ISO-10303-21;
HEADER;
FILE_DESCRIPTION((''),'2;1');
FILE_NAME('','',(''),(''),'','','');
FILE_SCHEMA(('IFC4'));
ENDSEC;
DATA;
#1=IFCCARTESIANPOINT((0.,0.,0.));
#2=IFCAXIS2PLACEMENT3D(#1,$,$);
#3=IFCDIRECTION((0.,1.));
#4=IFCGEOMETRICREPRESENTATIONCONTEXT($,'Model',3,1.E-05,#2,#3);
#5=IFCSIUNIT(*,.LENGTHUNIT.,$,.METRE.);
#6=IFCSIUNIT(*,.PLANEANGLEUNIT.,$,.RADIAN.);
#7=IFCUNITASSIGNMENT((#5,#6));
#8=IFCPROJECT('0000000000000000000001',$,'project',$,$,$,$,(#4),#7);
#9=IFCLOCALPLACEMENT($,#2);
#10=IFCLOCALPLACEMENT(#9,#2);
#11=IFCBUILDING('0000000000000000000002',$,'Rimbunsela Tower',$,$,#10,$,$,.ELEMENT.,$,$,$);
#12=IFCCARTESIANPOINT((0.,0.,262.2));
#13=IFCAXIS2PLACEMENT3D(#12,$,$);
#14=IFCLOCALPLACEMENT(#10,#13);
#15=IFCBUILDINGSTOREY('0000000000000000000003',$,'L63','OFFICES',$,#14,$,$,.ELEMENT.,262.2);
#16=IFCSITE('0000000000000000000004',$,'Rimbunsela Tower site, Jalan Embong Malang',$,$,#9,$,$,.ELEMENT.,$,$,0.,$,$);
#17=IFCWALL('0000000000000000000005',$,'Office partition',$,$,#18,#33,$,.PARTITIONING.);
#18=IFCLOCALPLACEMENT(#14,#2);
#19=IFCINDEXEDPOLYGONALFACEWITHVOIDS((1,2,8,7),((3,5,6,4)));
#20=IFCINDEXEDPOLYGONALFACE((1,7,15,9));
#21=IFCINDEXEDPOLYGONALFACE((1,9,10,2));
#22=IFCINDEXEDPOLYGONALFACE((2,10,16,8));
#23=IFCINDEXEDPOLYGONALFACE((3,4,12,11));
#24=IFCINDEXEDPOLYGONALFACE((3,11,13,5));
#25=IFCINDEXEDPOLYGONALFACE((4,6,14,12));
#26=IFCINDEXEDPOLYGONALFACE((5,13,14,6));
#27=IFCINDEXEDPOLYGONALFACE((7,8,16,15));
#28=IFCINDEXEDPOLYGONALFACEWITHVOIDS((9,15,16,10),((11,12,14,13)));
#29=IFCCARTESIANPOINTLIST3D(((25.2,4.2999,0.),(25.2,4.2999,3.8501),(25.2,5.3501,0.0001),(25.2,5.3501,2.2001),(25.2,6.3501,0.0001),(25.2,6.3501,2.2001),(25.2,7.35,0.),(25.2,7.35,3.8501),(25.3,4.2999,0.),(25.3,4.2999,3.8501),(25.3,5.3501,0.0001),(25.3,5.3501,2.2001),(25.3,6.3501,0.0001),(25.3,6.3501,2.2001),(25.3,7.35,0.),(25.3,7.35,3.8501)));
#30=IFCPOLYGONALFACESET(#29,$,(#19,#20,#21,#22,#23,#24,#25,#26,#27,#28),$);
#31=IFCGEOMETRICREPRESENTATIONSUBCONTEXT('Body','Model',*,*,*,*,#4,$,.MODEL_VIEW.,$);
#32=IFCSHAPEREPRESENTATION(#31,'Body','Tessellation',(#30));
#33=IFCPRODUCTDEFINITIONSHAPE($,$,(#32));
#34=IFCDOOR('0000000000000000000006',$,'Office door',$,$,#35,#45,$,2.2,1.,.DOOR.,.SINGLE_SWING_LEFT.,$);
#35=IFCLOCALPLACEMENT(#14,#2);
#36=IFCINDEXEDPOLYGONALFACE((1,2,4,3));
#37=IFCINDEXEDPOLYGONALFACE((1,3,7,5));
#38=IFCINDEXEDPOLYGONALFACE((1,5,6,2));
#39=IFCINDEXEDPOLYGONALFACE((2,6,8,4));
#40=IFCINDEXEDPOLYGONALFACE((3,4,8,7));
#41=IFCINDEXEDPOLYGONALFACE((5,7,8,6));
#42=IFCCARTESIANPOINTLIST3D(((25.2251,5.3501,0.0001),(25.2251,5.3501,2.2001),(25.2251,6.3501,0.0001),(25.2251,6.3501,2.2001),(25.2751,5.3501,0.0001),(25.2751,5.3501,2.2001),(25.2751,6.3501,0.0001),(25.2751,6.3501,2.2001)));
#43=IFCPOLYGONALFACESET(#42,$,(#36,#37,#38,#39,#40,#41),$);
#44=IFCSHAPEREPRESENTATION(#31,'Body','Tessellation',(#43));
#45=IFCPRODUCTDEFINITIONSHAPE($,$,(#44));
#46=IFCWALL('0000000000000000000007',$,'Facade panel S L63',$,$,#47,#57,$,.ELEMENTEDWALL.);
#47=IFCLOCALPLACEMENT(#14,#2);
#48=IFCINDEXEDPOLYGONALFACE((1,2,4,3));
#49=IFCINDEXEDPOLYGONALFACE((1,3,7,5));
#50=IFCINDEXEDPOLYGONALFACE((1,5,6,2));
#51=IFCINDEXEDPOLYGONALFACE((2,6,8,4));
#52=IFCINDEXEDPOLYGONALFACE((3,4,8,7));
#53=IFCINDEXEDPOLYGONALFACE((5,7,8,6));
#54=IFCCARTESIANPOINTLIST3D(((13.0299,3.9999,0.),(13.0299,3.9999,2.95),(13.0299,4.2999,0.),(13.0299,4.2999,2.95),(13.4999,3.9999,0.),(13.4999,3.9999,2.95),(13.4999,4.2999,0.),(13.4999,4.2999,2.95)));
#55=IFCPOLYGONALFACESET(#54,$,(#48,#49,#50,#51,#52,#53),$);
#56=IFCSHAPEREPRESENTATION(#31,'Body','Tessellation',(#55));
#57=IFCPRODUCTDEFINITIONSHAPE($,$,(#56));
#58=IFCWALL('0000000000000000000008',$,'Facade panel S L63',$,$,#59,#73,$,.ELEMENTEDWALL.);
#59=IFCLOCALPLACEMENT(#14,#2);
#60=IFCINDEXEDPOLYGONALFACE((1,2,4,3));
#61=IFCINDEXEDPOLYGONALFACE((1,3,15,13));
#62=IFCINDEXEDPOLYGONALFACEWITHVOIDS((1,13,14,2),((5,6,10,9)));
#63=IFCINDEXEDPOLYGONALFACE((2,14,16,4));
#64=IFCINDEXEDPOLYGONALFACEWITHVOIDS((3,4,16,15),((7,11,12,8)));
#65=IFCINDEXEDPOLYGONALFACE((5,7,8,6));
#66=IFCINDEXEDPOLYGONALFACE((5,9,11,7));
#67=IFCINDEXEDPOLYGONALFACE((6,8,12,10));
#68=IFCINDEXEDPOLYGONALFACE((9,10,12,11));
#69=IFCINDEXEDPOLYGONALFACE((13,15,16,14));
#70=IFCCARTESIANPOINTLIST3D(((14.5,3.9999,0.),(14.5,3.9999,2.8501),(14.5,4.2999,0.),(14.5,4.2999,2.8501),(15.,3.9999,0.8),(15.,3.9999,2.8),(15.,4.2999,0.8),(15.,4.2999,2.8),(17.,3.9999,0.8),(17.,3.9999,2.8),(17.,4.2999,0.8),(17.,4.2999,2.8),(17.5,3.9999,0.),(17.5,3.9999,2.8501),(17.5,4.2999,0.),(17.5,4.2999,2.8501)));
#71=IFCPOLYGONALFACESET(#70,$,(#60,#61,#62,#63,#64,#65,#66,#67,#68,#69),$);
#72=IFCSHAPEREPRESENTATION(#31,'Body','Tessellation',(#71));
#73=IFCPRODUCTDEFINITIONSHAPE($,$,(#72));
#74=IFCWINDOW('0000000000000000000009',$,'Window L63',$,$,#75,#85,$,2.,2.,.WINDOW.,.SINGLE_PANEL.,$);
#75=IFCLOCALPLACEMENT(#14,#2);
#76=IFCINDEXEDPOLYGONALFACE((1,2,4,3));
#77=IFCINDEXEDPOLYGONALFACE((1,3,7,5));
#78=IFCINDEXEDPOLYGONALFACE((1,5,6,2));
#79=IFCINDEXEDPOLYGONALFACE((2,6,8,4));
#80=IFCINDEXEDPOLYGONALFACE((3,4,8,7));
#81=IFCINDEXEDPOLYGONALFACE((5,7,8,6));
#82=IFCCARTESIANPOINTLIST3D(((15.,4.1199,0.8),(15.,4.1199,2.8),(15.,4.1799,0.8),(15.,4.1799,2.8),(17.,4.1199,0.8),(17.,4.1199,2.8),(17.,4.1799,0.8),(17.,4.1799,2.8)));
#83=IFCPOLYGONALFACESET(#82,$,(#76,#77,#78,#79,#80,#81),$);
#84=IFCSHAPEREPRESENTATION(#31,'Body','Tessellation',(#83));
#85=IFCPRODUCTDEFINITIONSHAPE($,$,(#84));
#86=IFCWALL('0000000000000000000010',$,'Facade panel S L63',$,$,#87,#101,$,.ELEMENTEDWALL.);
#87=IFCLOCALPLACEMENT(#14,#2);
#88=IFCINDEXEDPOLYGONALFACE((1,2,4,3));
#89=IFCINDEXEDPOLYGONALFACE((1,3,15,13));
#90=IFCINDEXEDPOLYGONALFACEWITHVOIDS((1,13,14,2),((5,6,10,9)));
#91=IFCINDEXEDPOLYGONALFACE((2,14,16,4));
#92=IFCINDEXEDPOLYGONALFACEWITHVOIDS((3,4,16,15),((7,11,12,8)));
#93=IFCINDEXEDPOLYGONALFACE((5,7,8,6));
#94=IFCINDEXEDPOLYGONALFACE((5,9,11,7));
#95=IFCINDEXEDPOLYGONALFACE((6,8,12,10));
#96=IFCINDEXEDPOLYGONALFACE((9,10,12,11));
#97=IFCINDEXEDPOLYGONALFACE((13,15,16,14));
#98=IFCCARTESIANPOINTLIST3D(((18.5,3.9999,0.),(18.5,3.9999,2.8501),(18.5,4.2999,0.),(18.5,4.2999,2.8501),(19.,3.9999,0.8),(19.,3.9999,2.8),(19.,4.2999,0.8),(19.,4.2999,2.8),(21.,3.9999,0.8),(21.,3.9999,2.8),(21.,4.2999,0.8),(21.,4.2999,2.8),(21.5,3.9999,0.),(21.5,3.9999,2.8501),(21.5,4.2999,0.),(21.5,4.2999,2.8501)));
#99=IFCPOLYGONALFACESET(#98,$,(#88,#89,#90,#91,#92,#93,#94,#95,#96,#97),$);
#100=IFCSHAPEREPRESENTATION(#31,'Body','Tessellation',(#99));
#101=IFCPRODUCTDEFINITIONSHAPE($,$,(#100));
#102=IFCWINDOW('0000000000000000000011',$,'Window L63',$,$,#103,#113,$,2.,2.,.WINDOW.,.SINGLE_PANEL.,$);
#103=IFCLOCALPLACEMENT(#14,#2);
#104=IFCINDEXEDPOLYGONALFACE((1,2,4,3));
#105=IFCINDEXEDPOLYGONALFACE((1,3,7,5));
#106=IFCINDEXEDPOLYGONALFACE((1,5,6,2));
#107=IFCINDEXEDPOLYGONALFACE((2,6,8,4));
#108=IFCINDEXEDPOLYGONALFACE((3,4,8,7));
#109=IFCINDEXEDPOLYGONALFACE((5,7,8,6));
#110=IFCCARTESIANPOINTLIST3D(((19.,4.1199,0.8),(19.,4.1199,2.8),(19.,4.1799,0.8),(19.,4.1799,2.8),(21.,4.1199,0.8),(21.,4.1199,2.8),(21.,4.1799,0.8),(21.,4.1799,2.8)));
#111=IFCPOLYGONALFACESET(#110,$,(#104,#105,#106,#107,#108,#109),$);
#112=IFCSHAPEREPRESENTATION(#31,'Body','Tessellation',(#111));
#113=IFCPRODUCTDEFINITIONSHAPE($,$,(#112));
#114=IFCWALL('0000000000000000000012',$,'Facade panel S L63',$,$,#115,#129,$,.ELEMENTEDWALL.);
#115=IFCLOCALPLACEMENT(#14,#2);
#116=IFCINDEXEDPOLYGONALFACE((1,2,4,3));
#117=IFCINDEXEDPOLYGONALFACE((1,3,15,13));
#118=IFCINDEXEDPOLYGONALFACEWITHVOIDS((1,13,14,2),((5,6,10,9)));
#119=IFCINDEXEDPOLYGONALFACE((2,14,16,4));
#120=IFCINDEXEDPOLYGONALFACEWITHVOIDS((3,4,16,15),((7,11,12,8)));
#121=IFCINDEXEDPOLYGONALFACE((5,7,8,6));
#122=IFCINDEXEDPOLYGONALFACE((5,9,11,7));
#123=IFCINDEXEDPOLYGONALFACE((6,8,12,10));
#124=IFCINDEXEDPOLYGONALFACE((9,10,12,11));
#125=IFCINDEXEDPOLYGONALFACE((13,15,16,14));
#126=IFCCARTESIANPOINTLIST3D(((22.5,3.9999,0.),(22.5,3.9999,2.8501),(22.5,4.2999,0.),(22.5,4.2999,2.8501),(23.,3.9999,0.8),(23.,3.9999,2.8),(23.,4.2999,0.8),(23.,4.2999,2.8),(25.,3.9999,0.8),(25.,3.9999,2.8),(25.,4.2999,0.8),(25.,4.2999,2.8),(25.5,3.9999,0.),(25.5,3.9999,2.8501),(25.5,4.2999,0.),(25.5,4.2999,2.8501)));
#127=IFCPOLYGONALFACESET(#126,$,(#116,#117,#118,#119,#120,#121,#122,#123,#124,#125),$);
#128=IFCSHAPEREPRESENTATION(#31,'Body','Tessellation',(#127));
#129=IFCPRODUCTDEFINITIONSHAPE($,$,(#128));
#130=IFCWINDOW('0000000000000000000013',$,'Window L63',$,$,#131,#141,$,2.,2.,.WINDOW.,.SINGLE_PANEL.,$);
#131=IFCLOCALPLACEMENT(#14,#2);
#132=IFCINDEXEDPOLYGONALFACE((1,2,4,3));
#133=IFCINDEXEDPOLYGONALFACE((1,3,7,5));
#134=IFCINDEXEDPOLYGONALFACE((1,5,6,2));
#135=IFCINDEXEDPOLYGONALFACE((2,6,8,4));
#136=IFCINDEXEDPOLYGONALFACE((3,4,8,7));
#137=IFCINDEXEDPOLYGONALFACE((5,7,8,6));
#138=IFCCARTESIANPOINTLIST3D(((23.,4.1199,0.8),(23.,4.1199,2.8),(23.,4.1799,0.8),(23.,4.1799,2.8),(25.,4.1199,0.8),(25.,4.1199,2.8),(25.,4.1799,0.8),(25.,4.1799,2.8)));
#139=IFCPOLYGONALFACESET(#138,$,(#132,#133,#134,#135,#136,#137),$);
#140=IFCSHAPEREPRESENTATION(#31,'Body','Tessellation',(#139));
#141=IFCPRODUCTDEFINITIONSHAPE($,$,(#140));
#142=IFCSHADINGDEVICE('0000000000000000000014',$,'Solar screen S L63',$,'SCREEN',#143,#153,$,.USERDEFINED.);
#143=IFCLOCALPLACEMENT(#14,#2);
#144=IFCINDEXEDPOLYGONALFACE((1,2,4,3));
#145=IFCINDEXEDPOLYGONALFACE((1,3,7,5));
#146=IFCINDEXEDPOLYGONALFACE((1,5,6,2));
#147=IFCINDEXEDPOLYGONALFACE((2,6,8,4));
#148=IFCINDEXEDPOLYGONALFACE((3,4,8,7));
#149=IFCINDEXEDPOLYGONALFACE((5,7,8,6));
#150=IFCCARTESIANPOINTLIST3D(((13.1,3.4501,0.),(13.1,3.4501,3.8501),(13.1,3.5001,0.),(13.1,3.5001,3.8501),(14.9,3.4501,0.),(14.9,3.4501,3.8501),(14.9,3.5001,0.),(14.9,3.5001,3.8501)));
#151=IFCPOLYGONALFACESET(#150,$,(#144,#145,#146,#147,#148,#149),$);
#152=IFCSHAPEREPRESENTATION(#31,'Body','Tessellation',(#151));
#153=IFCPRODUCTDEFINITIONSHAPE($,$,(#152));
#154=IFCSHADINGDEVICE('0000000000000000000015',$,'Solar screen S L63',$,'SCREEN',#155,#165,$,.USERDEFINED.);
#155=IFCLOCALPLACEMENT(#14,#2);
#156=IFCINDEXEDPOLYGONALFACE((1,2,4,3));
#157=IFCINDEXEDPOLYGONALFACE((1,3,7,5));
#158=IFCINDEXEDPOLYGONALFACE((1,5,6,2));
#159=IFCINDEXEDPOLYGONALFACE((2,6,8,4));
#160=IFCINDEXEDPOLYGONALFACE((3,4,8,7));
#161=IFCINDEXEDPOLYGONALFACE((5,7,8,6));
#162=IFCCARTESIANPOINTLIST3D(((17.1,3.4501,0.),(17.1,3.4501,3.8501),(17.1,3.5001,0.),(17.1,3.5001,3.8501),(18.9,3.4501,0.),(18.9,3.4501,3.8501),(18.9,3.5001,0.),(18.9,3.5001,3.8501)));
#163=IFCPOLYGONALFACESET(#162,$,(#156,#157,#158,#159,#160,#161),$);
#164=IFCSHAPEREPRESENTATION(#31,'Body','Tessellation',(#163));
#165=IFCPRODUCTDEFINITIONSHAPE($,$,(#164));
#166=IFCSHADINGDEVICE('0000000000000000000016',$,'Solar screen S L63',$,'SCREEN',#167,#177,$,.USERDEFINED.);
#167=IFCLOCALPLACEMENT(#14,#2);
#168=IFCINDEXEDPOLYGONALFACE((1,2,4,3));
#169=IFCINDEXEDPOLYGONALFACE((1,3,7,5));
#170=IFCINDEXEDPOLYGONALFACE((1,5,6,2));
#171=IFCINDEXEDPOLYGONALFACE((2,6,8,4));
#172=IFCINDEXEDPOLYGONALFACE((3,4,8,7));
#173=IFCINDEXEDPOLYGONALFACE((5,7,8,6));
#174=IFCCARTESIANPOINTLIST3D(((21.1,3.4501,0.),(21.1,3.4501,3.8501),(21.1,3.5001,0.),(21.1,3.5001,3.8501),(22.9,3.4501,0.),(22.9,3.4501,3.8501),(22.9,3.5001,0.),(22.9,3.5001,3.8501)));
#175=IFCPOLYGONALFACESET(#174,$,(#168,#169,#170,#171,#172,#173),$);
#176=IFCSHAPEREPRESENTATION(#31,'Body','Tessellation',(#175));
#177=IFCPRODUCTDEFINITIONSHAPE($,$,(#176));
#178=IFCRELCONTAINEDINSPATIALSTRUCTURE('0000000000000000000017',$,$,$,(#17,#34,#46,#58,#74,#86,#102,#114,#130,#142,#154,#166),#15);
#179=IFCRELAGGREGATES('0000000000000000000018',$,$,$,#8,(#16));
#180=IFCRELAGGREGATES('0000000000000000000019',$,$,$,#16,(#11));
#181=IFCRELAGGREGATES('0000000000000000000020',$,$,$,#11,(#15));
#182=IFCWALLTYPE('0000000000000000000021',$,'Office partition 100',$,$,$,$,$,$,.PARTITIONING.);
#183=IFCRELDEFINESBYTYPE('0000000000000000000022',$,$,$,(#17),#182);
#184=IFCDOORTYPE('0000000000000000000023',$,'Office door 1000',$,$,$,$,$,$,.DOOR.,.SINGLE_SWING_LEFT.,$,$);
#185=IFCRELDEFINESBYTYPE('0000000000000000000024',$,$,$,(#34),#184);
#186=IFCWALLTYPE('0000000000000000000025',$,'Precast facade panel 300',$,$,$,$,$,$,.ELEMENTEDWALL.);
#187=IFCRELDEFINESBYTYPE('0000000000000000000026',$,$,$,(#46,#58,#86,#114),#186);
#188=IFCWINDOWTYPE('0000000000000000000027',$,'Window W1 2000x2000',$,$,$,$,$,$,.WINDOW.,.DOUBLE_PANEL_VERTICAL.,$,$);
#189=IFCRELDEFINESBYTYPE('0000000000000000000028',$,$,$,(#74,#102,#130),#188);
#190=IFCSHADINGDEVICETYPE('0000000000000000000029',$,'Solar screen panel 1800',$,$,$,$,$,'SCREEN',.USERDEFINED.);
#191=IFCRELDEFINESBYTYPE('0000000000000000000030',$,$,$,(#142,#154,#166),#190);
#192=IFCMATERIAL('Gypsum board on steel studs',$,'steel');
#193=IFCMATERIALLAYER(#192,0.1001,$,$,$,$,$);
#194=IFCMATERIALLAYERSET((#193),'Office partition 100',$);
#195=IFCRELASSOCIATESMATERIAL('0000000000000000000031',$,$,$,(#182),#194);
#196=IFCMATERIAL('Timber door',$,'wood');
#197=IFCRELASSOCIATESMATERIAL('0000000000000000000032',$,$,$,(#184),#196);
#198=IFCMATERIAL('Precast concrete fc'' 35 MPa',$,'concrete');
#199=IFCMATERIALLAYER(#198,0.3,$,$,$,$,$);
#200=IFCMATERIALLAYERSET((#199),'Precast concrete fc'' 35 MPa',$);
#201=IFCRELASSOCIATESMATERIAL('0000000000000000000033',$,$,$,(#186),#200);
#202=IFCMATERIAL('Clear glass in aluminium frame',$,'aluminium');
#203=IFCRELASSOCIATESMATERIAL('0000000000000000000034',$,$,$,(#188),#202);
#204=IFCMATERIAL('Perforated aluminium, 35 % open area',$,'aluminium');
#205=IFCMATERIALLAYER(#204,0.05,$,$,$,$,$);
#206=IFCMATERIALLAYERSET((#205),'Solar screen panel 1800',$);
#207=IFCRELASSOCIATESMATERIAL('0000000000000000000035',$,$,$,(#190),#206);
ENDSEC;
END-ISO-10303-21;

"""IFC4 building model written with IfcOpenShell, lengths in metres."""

from ifc_helpers import new_model, si_unit, direction, frame, frame_2d, origin, origin_2d, place, context, subcontext, project, spatial, rectangle, extrude, material, layer, layer_set, type_object, element, fill, save


model = new_model("IFC4")

# Units and contexts
model_context = context("Model", 3, precision=1e-05, world=origin(), true_north=direction((0.0, 1.0)))
body_context = subcontext(model_context, "Body", "Model", "MODEL_VIEW")
ifc_project = project(units=[si_unit("LENGTHUNIT", "METRE"), si_unit("PLANEANGLEUNIT", "RADIAN")], contexts=[model_context])

# Site, building, storey
site_placement = place(None, origin())
site = spatial("IfcSite", under=ifc_project, at=site_placement, Name="Rimbunsela Tower site, Jalan Embong Malang", CompositionType="ELEMENT", RefElevation=0.0)
building_placement = place(site_placement, origin())
building = spatial("IfcBuilding", under=site, at=building_placement, Name="Rimbunsela Tower", CompositionType="ELEMENT")
storey_placement = place(building_placement, frame((0.0, 0.0, 262.2)))
storey = spatial("IfcBuildingStorey", under=building, at=storey_placement, Name="L63", Description="OFFICES", CompositionType="ELEMENT", Elevation=262.2)

# Shared definitions
ifc_material_1 = material(Name="Gypsum board on steel studs", Category="steel")
ifc_layer_1 = layer(ifc_material_1, 0.1001)
ifc_layer_set_1 = layer_set([ifc_layer_1], Name="Office partition 100")
wall_type_1 = type_object("IfcWallType", Name="Office partition 100", PredefinedType="PARTITIONING", material=ifc_layer_set_1)

# Shared definitions
ifc_material_2 = material(Name="Timber door", Category="wood")
door_type_1 = type_object("IfcDoorType", Name="Office door 1000", OperationType="SINGLE_SWING_LEFT", PredefinedType="DOOR", material=ifc_material_2)

# Wall, opening, door
wall_1_placement = place(storey_placement, frame((25.25, 4.3, 0.0), z_axis=(0.0, 0.0, 1.0), x_axis=(0.0, 1.0, 0.0)))
wall_1 = element("IfcWall", 1, at=wall_1_placement, inside=storey, type_object=wall_type_1, Name="Office partition", PredefinedType="PARTITIONING", context=body_context, shape_type="SweptSolid", body=[
    extrude(rectangle(XDim=3.05, YDim=0.1001, at=frame_2d((1.5249, 0.0))), origin(), (0.0, 0.0, 1.0), 3.8501),
])
opening_1_placement = place(wall_1_placement, frame((1.05, 0.0, 0.0)))
opening_1 = element("IfcOpeningElement", 2, at=opening_1_placement, cuts=wall_1, PredefinedType="OPENING", context=body_context, shape_type="SweptSolid", body=[
    extrude(rectangle(XDim=1.0, YDim=2.2, at=frame_2d((0.5, 1.1001))), frame((0.0, 0.0601, 0.0), z_axis=(0.0, -1.0, 0.0), x_axis=(1.0, 0.0, 0.0)), (0.0, 0.0, 1.0), 0.1201),
])
door_1_placement = place(opening_1_placement, origin())
door_1 = element("IfcDoor", 3, at=door_1_placement, inside=storey, type_object=door_type_1, Name="Office door", OperationType="SINGLE_SWING_LEFT", OverallHeight=2.2, OverallWidth=1.0, PredefinedType="DOOR", context=body_context, shape_type="SweptSolid", body=[
    extrude(rectangle(XDim=1.0, YDim=2.2, at=frame_2d((0.5, 1.1001))), frame((0.0, 0.0249, 0.0), z_axis=(0.0, -1.0, 0.0), x_axis=(1.0, 0.0, 0.0)), (0.0, 0.0, 1.0), 0.05),
])
fill(opening_1, door_1)

# Wall
ifc_material_3 = material(Name="Precast concrete fc' 35 MPa", Category="concrete")
ifc_layer_2 = layer(ifc_material_3, 0.3)
ifc_layer_set_2 = layer_set([ifc_layer_2], Name="Precast concrete fc' 35 MPa")
wall_type_2 = type_object("IfcWallType", Name="Precast facade panel 300", PredefinedType="ELEMENTEDWALL", material=ifc_layer_set_2)
wall_2_placement = place(storey_placement, frame((13.03, 4.1499, 0.0), z_axis=(0.0, 0.0, 1.0), x_axis=(1.0, 0.0, 0.0)))
element("IfcWall", 4, at=wall_2_placement, inside=storey, type_object=wall_type_2, Name="Facade panel S L63", PredefinedType="ELEMENTEDWALL", context=body_context, shape_type="SweptSolid", body=[
    extrude(rectangle(XDim=0.47, YDim=0.3, at=frame_2d((0.2349, 0.0))), origin(), (0.0, 0.0, 1.0), 2.95),
])

# Walls, openings, windows
wall_3_placement = place(storey_placement, frame((14.5, 4.1499, 0.0), z_axis=(0.0, 0.0, 1.0), x_axis=(1.0, 0.0, 0.0)))
wall_3 = element("IfcWall", 5, at=wall_3_placement, inside=storey, type_object=wall_type_2, Name="Facade panel S L63", PredefinedType="ELEMENTEDWALL", context=body_context, shape_type="SweptSolid", body=[
    extrude(rectangle(XDim=3.0, YDim=0.3, at=frame_2d((1.5, 0.0))), origin(), (0.0, 0.0, 1.0), 2.8501),
])
opening_2_placement = place(wall_3_placement, frame((0.5, 0.0, 0.8)))
opening_2 = element("IfcOpeningElement", 6, at=opening_2_placement, cuts=wall_3, PredefinedType="OPENING", context=body_context, shape_type="SweptSolid", body=[
    extrude(rectangle(XDim=2.0, YDim=2.0, at=frame_2d((1.0, 1.0))), frame((0.0, 0.1599, 0.0), z_axis=(0.0, -1.0, 0.0), x_axis=(1.0, 0.0, 0.0)), (0.0, 0.0, 1.0), 0.3201),
])
ifc_material_4 = material(Name="Clear glass in aluminium frame", Category="aluminium")
window_type = type_object("IfcWindowType", Name="Window W1 2000x2000", PartitioningType="DOUBLE_PANEL_VERTICAL", PredefinedType="WINDOW", material=ifc_material_4)
window_1_placement = place(opening_2_placement, origin())
window_1 = element("IfcWindow", 7, at=window_1_placement, inside=storey, type_object=window_type, Name="Window L63", OverallHeight=2.0, OverallWidth=2.0, PartitioningType="SINGLE_PANEL", PredefinedType="WINDOW", context=body_context, shape_type="SweptSolid", body=[
    extrude(rectangle(XDim=2.0, YDim=2.0, at=frame_2d((1.0, 1.0))), frame((0.0, 0.03, 0.0), z_axis=(0.0, -1.0, 0.0), x_axis=(1.0, 0.0, 0.0)), (0.0, 0.0, 1.0), 0.0601),
])
fill(opening_2, window_1)
wall_4_placement = place(storey_placement, frame((18.5, 4.1499, 0.0), z_axis=(0.0, 0.0, 1.0), x_axis=(1.0, 0.0, 0.0)))
wall_4 = element("IfcWall", 8, at=wall_4_placement, inside=storey, type_object=wall_type_2, Name="Facade panel S L63", PredefinedType="ELEMENTEDWALL", context=body_context, shape_type="SweptSolid", body=[
    extrude(rectangle(XDim=3.0, YDim=0.3, at=frame_2d((1.5, 0.0))), origin(), (0.0, 0.0, 1.0), 2.8501),
])
opening_3_placement = place(wall_4_placement, frame((0.5, 0.0, 0.8)))
opening_3 = element("IfcOpeningElement", 9, at=opening_3_placement, cuts=wall_4, PredefinedType="OPENING", context=body_context, shape_type="SweptSolid", body=[
    extrude(rectangle(XDim=2.0, YDim=2.0, at=frame_2d((1.0, 1.0))), frame((0.0, 0.1599, 0.0), z_axis=(0.0, -1.0, 0.0), x_axis=(1.0, 0.0, 0.0)), (0.0, 0.0, 1.0), 0.3201),
])
window_2_placement = place(opening_3_placement, origin())
window_2 = element("IfcWindow", 10, at=window_2_placement, inside=storey, type_object=window_type, Name="Window L63", OverallHeight=2.0, OverallWidth=2.0, PartitioningType="SINGLE_PANEL", PredefinedType="WINDOW", context=body_context, shape_type="SweptSolid", body=[
    extrude(rectangle(XDim=2.0, YDim=2.0, at=frame_2d((1.0, 1.0))), frame((0.0, 0.03, 0.0), z_axis=(0.0, -1.0, 0.0), x_axis=(1.0, 0.0, 0.0)), (0.0, 0.0, 1.0), 0.0601),
])
fill(opening_3, window_2)
wall_5_placement = place(storey_placement, frame((22.5, 4.1499, 0.0), z_axis=(0.0, 0.0, 1.0), x_axis=(1.0, 0.0, 0.0)))
wall_5 = element("IfcWall", 11, at=wall_5_placement, inside=storey, type_object=wall_type_2, Name="Facade panel S L63", PredefinedType="ELEMENTEDWALL", context=body_context, shape_type="SweptSolid", body=[
    extrude(rectangle(XDim=3.0, YDim=0.3, at=frame_2d((1.5, 0.0))), origin(), (0.0, 0.0, 1.0), 2.8501),
])
opening_4_placement = place(wall_5_placement, frame((0.5, 0.0, 0.8)))
opening_4 = element("IfcOpeningElement", 12, at=opening_4_placement, cuts=wall_5, PredefinedType="OPENING", context=body_context, shape_type="SweptSolid", body=[
    extrude(rectangle(XDim=2.0, YDim=2.0, at=frame_2d((1.0, 1.0))), frame((0.0, 0.1599, 0.0), z_axis=(0.0, -1.0, 0.0), x_axis=(1.0, 0.0, 0.0)), (0.0, 0.0, 1.0), 0.3201),
])
window_3_placement = place(opening_4_placement, origin())
window_3 = element("IfcWindow", 13, at=window_3_placement, inside=storey, type_object=window_type, Name="Window L63", OverallHeight=2.0, OverallWidth=2.0, PartitioningType="SINGLE_PANEL", PredefinedType="WINDOW", context=body_context, shape_type="SweptSolid", body=[
    extrude(rectangle(XDim=2.0, YDim=2.0, at=frame_2d((1.0, 1.0))), frame((0.0, 0.03, 0.0), z_axis=(0.0, -1.0, 0.0), x_axis=(1.0, 0.0, 0.0)), (0.0, 0.0, 1.0), 0.0601),
])
fill(opening_4, window_3)

# Shading devices
ifc_material_5 = material(Name="Perforated aluminium, 35 % open area", Category="aluminium")
ifc_layer_3 = layer(ifc_material_5, 0.05)
ifc_layer_set_3 = layer_set([ifc_layer_3], Name="Solar screen panel 1800")
shading_device_type = type_object("IfcShadingDeviceType", Name="Solar screen panel 1800", ElementType="SCREEN", PredefinedType="USERDEFINED", material=ifc_layer_set_3)
for number, where, z_axis, x_axis, name in (
    (14, (14.0, 3.4751, 0.0), (0.0, 0.0, 1.0), (1.0, 0.0, 0.0), "Solar screen S L63"),
    (15, (18.0, 3.4751, 0.0), (0.0, 0.0, 1.0), (1.0, 0.0, 0.0), "Solar screen S L63"),
    (16, (22.0, 3.4751, 0.0), (0.0, 0.0, 1.0), (1.0, 0.0, 0.0), "Solar screen S L63"),
):
    element("IfcShadingDevice", number, at=place(storey_placement, frame(where, z_axis=z_axis, x_axis=x_axis)), inside=storey, type_object=shading_device_type, Name=name, ObjectType="SCREEN", PredefinedType="USERDEFINED", context=body_context, shape_type="SweptSolid", body=[
        extrude(rectangle(XDim=1.8, YDim=0.05, at=origin_2d()), origin(), (0.0, 0.0, 1.0), 3.8501),
    ])

save(model, "model.ifc")
